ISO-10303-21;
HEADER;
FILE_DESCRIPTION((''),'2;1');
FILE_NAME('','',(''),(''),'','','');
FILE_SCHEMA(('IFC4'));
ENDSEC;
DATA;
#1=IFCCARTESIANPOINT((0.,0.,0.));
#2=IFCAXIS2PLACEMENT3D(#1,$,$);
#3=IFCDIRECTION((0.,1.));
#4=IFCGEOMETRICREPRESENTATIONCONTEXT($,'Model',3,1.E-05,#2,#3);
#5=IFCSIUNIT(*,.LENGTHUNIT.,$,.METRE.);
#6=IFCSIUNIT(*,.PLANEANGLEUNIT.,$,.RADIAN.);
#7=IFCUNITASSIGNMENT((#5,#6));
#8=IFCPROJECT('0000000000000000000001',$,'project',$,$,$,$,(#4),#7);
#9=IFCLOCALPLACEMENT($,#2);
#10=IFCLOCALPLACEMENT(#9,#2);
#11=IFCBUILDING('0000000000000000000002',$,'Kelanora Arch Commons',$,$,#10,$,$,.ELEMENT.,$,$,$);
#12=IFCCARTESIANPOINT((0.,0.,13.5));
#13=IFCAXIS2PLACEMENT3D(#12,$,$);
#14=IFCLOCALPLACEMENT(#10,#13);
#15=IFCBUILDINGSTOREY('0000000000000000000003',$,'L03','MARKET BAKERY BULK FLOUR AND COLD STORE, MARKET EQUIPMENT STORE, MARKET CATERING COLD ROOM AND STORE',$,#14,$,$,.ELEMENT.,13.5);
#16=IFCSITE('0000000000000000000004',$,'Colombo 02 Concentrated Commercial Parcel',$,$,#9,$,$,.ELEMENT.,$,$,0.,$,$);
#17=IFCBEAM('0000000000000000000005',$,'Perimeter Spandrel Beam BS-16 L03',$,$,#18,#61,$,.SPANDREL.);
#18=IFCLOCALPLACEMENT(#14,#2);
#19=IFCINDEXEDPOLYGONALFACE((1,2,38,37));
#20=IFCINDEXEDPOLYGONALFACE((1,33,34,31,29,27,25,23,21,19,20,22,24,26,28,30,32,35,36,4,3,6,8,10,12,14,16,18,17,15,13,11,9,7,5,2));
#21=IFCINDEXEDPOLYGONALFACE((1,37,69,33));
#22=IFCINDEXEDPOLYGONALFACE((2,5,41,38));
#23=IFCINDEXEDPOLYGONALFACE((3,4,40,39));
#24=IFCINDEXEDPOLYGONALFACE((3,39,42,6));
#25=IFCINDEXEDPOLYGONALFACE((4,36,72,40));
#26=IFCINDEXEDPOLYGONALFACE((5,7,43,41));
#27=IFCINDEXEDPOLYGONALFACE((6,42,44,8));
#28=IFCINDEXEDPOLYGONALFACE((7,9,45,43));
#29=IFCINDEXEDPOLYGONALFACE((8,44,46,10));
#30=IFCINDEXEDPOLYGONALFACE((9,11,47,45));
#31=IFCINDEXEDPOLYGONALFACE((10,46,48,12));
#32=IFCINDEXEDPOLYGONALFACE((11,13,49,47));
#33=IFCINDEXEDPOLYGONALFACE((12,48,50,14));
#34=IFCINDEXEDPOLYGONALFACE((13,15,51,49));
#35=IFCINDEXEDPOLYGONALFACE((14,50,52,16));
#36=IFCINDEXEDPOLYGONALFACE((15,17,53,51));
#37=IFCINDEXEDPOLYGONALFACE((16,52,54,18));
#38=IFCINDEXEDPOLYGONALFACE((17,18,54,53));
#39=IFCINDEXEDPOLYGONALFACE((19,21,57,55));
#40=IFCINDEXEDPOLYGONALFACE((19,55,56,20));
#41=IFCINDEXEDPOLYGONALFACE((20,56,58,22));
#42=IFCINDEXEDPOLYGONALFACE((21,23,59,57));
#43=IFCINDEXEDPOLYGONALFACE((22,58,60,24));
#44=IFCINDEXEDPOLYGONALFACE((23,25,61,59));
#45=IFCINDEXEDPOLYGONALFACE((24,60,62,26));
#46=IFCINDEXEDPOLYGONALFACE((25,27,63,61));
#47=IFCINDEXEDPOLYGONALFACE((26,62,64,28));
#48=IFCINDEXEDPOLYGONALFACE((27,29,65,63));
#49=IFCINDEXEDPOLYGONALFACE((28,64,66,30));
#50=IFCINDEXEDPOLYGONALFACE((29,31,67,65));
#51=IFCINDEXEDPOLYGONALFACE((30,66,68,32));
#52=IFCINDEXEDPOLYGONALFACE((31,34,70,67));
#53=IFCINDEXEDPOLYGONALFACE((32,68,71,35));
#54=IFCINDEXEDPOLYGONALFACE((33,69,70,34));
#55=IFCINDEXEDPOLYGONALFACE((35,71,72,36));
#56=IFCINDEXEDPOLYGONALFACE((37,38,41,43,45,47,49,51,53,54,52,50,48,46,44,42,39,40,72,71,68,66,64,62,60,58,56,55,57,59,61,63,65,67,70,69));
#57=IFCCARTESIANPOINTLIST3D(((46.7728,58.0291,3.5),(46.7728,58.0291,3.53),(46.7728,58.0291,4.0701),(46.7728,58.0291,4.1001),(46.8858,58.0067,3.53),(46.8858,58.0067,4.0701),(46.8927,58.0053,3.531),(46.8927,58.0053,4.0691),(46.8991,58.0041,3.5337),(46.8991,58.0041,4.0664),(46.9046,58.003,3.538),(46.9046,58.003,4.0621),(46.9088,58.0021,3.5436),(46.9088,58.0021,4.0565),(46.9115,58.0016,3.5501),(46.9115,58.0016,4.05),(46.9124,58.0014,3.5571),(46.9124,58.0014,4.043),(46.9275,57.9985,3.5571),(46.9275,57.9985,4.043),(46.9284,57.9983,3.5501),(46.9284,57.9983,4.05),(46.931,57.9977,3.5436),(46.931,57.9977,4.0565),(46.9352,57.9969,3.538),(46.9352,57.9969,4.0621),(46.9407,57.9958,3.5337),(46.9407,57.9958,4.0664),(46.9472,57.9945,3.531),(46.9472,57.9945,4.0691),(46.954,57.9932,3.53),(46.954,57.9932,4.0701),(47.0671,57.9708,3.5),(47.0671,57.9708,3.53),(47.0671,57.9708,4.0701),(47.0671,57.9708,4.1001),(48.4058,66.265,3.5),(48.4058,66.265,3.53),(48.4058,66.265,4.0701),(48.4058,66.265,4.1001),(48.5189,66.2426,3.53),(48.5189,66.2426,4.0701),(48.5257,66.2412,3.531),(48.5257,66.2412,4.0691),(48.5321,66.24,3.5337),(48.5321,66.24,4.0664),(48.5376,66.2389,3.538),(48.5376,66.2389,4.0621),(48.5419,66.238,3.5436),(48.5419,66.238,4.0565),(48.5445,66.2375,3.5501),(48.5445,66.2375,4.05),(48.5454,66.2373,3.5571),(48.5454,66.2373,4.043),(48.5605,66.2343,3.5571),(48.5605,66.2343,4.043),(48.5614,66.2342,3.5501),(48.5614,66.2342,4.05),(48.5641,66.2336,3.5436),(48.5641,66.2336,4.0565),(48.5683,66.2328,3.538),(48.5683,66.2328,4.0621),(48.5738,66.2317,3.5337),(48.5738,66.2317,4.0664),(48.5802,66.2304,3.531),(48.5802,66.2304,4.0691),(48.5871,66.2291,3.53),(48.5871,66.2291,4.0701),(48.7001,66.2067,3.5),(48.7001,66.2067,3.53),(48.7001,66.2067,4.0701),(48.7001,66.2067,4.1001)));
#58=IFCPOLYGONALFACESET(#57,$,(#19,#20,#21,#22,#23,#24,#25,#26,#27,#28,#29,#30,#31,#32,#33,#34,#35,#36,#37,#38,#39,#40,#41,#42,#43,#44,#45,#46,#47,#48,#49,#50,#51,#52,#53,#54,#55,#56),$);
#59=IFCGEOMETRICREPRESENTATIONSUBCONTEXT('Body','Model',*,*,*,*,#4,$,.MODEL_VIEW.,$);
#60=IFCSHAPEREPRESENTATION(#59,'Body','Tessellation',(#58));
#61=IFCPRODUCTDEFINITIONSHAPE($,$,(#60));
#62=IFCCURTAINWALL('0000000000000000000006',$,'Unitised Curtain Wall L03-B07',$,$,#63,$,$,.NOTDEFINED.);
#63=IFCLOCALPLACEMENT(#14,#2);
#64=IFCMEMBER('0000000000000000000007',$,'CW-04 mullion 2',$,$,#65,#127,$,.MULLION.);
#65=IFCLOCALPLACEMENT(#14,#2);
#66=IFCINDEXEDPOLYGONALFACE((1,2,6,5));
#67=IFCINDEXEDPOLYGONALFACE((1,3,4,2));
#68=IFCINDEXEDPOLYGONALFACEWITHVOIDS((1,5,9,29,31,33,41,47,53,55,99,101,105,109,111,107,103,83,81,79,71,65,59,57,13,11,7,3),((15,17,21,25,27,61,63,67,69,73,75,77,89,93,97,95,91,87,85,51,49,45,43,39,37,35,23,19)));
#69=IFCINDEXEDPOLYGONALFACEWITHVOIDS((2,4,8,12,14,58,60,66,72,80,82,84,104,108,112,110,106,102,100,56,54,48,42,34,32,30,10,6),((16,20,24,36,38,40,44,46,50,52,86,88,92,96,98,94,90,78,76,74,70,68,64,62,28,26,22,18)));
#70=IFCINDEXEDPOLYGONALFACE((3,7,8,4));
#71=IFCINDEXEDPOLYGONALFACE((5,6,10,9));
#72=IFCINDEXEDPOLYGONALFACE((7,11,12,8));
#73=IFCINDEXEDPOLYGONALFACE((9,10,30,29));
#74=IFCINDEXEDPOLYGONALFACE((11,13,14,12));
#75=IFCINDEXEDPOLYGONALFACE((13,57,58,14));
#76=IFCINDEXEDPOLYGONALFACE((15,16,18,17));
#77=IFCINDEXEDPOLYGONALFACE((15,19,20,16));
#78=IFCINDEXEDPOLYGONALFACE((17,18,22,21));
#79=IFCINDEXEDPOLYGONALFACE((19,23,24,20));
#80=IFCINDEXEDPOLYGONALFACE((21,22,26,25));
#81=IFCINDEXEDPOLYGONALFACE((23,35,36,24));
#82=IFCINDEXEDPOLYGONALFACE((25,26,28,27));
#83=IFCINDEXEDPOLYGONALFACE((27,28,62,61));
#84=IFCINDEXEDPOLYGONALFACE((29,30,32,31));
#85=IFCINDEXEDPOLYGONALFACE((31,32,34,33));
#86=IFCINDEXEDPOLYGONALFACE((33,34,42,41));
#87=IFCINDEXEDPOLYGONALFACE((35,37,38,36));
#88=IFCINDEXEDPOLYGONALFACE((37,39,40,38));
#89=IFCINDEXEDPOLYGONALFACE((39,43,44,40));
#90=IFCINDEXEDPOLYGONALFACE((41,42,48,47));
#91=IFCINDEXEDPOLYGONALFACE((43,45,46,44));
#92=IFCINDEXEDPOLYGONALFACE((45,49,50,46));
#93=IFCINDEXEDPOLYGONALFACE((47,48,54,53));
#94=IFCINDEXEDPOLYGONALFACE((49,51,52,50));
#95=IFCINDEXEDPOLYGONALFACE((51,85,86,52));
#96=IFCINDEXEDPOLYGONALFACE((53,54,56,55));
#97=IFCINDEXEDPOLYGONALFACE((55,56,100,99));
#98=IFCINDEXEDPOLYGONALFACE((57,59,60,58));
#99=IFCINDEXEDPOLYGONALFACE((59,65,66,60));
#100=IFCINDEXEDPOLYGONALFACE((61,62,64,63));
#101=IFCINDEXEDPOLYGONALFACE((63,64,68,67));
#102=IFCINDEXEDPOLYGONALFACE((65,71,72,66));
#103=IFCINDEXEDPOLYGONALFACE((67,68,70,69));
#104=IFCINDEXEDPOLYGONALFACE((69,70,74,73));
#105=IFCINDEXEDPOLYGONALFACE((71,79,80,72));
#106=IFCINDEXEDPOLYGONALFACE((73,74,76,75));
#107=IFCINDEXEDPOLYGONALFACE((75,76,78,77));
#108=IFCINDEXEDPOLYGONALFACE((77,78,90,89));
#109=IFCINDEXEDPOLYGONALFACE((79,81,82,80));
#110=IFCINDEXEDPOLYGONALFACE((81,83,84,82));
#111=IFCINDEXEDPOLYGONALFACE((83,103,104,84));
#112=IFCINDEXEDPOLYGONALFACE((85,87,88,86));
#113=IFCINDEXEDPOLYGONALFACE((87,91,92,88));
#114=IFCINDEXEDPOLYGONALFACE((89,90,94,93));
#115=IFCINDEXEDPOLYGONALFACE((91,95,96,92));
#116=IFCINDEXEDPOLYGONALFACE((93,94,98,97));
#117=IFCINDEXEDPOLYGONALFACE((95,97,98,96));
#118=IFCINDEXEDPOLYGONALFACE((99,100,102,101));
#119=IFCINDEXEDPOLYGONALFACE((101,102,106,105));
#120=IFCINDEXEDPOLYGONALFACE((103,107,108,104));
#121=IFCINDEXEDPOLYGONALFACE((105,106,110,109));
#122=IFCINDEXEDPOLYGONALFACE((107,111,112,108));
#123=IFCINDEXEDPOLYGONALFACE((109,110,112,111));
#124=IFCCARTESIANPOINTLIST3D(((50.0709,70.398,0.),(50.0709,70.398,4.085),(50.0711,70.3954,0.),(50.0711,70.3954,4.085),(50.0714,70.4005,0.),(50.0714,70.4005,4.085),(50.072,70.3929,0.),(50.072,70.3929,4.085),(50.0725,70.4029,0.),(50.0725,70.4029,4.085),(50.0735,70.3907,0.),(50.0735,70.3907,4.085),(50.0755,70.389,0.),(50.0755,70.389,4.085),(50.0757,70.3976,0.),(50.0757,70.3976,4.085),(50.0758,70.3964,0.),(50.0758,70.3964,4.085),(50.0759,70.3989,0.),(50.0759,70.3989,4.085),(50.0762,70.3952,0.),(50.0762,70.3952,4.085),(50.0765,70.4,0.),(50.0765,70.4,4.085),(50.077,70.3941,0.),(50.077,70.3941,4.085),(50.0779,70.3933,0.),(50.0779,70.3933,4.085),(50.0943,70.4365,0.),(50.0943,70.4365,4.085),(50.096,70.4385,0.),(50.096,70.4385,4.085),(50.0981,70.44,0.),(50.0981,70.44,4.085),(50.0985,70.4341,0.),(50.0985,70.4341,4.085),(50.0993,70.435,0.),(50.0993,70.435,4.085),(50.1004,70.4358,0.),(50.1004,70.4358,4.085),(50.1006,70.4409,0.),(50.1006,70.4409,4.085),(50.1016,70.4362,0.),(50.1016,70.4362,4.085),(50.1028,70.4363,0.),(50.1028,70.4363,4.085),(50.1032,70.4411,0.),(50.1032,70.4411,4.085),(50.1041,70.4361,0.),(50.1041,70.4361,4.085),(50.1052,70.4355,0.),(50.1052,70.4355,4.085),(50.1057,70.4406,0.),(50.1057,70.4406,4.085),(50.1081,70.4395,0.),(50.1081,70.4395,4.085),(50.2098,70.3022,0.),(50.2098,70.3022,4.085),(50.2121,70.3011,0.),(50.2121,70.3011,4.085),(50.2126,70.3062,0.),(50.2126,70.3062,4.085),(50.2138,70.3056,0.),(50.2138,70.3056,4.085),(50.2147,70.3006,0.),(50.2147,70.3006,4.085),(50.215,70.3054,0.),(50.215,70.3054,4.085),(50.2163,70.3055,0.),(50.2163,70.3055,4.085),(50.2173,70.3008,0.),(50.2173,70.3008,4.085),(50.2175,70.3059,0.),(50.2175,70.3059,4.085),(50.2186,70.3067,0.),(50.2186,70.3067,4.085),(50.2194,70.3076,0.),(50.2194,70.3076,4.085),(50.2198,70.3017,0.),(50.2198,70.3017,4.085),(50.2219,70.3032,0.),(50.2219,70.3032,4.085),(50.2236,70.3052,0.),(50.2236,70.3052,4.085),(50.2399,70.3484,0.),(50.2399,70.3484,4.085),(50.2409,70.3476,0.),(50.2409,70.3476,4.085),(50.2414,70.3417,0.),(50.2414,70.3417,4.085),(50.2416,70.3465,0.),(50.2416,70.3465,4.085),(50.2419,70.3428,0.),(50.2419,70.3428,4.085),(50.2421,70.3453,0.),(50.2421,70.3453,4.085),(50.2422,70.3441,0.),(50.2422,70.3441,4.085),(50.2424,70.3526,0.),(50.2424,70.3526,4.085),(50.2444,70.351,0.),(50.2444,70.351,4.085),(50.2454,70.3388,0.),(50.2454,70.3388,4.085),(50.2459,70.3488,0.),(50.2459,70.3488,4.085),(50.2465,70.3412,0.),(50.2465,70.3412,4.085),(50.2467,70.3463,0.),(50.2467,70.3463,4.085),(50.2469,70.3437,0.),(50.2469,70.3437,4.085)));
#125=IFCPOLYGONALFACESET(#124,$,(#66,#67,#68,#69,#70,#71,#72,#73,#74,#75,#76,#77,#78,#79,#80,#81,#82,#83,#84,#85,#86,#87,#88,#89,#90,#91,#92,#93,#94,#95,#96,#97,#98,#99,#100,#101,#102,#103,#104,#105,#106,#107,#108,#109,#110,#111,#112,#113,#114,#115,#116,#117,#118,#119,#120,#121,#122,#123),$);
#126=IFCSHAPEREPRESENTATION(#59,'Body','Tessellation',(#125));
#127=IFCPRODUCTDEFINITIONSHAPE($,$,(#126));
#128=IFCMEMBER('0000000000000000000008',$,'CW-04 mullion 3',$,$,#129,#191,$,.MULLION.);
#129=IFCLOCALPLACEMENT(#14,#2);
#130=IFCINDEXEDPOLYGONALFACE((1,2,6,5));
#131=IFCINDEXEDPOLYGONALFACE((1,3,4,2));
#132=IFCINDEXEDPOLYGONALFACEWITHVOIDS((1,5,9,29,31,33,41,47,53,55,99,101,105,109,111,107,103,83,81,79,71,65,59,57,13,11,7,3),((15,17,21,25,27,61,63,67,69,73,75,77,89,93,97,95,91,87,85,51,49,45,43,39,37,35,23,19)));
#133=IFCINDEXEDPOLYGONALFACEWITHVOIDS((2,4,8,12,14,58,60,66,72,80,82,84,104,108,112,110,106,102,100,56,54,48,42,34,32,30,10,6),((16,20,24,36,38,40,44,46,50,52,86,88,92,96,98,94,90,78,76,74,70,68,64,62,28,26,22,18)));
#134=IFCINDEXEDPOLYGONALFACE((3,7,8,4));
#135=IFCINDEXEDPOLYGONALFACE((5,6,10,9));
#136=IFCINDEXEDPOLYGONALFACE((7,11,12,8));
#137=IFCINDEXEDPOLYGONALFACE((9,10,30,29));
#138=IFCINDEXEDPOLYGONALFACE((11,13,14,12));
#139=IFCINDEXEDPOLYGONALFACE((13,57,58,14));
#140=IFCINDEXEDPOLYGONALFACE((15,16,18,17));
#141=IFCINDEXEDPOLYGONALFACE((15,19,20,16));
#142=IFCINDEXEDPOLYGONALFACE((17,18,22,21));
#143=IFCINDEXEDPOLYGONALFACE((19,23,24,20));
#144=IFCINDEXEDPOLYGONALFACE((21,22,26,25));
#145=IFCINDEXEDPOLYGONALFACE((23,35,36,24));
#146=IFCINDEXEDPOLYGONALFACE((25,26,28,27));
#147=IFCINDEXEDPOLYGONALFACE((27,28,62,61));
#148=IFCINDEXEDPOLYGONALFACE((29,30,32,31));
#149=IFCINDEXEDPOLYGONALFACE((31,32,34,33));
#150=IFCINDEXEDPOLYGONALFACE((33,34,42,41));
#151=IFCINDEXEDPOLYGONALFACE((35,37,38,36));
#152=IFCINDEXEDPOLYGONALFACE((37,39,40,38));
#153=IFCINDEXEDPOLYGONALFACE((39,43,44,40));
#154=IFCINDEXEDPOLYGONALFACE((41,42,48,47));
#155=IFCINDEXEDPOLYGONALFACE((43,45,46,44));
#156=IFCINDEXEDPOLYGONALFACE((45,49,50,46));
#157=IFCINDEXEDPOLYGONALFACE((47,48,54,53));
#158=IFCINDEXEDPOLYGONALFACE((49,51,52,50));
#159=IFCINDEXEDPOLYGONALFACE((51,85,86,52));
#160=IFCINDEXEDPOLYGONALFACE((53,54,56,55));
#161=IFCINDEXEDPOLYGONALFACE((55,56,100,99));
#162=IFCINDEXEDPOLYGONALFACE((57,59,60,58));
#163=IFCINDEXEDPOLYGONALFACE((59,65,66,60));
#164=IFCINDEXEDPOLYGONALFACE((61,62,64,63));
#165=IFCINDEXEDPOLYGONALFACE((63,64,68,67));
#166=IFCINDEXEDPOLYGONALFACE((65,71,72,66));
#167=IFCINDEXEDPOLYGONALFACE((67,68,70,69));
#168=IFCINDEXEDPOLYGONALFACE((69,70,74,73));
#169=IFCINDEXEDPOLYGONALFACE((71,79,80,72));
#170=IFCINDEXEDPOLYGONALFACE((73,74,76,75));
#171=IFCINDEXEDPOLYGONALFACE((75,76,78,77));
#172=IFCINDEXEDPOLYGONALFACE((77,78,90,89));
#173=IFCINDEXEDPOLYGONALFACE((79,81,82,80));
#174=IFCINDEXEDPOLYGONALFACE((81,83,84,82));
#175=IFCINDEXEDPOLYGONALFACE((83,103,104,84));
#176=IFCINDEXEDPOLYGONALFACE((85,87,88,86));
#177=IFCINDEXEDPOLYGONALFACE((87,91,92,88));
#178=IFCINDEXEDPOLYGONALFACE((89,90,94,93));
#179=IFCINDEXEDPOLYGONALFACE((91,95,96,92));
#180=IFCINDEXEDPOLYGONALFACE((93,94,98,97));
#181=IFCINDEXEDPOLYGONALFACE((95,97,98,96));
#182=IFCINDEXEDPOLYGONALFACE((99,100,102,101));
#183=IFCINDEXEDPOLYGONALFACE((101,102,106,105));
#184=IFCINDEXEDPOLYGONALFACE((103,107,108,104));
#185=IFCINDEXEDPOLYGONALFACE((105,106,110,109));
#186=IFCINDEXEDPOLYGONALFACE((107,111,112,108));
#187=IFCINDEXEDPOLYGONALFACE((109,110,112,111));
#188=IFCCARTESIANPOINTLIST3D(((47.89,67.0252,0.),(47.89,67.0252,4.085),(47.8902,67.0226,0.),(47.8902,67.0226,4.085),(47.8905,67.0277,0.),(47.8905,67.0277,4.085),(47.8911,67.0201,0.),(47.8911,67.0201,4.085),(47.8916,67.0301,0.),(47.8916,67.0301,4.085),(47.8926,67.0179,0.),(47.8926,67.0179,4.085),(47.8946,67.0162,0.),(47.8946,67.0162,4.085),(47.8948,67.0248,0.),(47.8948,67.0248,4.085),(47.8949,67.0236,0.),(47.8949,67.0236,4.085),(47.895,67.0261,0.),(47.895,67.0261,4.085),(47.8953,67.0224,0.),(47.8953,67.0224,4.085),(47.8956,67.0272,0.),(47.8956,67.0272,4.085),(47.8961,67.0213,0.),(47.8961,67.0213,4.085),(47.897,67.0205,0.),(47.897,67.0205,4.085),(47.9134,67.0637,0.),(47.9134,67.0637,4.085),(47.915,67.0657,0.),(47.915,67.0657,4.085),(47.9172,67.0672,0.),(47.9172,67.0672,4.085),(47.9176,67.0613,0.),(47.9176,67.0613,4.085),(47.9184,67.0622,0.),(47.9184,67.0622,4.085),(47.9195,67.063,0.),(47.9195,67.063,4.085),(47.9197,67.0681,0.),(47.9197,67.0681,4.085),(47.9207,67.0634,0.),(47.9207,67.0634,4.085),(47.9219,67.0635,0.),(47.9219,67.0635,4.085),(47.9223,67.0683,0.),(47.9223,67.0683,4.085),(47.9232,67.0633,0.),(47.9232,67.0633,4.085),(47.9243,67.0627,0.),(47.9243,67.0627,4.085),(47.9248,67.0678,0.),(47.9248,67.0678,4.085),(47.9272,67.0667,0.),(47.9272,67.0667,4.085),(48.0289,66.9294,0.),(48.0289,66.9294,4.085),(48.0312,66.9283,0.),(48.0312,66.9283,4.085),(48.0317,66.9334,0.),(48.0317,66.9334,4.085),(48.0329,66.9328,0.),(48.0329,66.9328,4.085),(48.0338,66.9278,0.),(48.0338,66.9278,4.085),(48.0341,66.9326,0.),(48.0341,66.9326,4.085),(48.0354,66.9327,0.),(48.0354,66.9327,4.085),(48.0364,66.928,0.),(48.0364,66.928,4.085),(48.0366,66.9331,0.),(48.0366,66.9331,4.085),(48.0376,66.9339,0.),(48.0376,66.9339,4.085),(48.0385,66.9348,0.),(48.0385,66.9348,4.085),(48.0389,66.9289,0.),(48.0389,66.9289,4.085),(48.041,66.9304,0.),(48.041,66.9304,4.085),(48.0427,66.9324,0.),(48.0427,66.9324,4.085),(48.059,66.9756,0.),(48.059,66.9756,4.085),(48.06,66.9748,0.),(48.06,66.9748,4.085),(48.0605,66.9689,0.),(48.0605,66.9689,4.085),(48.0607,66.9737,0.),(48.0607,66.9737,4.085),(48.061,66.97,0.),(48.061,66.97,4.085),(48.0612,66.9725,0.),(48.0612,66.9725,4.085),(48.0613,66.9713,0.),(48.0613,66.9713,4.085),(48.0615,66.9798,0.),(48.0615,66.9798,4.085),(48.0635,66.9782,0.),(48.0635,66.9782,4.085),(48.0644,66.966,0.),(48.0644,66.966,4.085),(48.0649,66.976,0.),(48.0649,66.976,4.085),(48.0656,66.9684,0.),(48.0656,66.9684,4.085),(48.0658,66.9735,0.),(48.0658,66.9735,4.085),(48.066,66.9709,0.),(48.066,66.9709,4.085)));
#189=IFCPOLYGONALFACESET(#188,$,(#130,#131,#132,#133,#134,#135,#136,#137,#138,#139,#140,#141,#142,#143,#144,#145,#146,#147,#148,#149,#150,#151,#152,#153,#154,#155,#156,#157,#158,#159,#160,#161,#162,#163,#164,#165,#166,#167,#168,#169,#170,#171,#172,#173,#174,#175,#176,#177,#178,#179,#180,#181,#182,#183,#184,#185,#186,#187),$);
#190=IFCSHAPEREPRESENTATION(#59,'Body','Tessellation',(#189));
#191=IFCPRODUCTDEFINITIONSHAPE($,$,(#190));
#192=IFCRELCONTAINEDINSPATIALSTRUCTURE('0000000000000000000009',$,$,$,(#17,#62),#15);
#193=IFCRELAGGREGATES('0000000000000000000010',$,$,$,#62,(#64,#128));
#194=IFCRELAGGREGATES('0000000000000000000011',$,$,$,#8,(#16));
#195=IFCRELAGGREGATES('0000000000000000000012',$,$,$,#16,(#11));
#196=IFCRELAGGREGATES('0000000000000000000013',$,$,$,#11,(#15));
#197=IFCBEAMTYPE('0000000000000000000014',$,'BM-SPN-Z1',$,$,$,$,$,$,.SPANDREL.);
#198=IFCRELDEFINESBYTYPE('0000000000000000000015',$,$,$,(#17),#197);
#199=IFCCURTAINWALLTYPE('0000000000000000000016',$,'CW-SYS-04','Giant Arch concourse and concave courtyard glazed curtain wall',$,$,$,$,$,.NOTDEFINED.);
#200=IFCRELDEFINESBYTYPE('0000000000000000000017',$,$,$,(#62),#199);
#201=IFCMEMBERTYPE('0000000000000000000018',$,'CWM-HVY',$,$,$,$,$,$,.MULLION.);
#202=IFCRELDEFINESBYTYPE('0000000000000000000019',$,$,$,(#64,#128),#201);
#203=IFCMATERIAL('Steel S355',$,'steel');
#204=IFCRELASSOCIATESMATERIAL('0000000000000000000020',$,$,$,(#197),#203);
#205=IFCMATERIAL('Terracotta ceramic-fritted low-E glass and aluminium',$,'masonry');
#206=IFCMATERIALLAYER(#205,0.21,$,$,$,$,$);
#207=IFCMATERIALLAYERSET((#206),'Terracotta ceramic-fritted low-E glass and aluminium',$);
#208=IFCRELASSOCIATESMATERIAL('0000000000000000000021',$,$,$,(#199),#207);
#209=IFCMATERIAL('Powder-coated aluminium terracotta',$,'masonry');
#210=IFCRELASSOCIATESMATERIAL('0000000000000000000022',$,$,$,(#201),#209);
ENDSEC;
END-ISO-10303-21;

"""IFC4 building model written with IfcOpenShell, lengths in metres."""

from ifc_helpers import new_model, si_unit, direction, frame, origin, origin_2d, place, context, subcontext, project, spatial, hollow_rectangle, i_section, extrude, material, layer, layer_set, material_profile, profile_set, type_object, element, aggregate, save


model = new_model("IFC4")

# Units and contexts
model_context = context("Model", 3, precision=1e-05, world=origin(), true_north=direction((0.0, 1.0)))
body_context = subcontext(model_context, "Body", "Model", "MODEL_VIEW")
ifc_project = project(units=[si_unit("LENGTHUNIT", "METRE"), si_unit("PLANEANGLEUNIT", "RADIAN")], contexts=[model_context])

# Site, building, storey
site_placement = place(None, origin())
site = spatial("IfcSite", under=ifc_project, at=site_placement, Name="Colombo 02 Concentrated Commercial Parcel", CompositionType="ELEMENT", RefElevation=0.0)
building_placement = place(site_placement, origin())
building = spatial("IfcBuilding", under=site, at=building_placement, Name="Kelanora Arch Commons", CompositionType="ELEMENT")
storey_placement = place(building_placement, frame((0.0, 0.0, 13.5)))
storey = spatial("IfcBuildingStorey", under=building, at=storey_placement, Name="L03", Description="MARKET BAKERY BULK FLOUR AND COLD STORE, MARKET EQUIPMENT STORE, MARKET CATERING COLD ROOM AND STORE", CompositionType="ELEMENT", Elevation=13.5)

# Beam
ifc_material_1 = material(Name="Steel S355", Category="steel")
ifc_material_profile_1 = material_profile(ifc_material_1, i_section(OverallWidth=0.3, OverallDepth=0.6001, WebThickness=0.0154, FlangeThickness=0.03, FilletRadius=0.0271, at=origin_2d()), Name="HEB600")
ifc_profile_set_1 = profile_set([ifc_material_profile_1], Name="Steel S355")
beam_type_1 = type_object("IfcBeamType", Name="BM-SPN-Z1", PredefinedType="SPANDREL", material=ifc_profile_set_1)
beam_1_placement = place(storey_placement, frame((48.553, 66.2358, 3.8), z_axis=(-0.1945, -0.980903, 0.0), x_axis=(0.980903, -0.1945, 0.0)))
element("IfcBeam", 1, at=beam_1_placement, inside=storey, type_object=beam_type_1, Name="Perimeter Spandrel Beam BS-16 L03", PredefinedType="SPANDREL", context=body_context, shape_type="SweptSolid", body=[
    extrude(i_section(OverallWidth=0.3, OverallDepth=0.6001, WebThickness=0.0154, FlangeThickness=0.03, FilletRadius=0.0271, at=origin_2d()), origin(), (0.0, 0.0, 1.0), 8.3962),
])

# Curtain wall, members
ifc_material_2 = material(Name="Terracotta ceramic-fritted low-E glass and aluminium", Category="masonry")
ifc_layer_1 = layer(ifc_material_2, 0.21)
ifc_layer_set_1 = layer_set([ifc_layer_1], Name="Terracotta ceramic-fritted low-E glass and aluminium")
curtain_wall_type = type_object("IfcCurtainWallType", Name="CW-SYS-04", Description="Giant Arch concourse and concave courtyard glazed curtain wall", PredefinedType="NOTDEFINED", material=ifc_layer_set_1)
curtain_wall_placement = place(storey_placement, origin())
curtain_wall = element("IfcCurtainWall", 2, at=curtain_wall_placement, inside=storey, type_object=curtain_wall_type, Name="Unitised Curtain Wall L03-B07", PredefinedType="NOTDEFINED")
ifc_material_3 = material(Name="Powder-coated aluminium terracotta", Category="masonry")
ifc_material_profile_2 = material_profile(ifc_material_3, hollow_rectangle(XDim=0.1799, YDim=0.0601, WallThickness=0.0049, InnerFilletRadius=0.0049, OuterFilletRadius=0.01, at=origin_2d()), Name="CWM180x60")
ifc_profile_set_2 = profile_set([ifc_material_profile_2], Name="Powder-coated aluminium terracotta")
member_type_1 = type_object("IfcMemberType", Name="CWM-HVY", PredefinedType="MULLION", material=ifc_profile_set_2)
member_1_placement = place(storey_placement, frame((50.1589, 70.3708, 0.0), z_axis=(0.0, 0.0, 1.0), x_axis=(0.839729, -0.543006, 0.0)))
member_1 = element("IfcMember", 3, at=member_1_placement, type_object=member_type_1, Name="CW-04 mullion 2", PredefinedType="MULLION", context=body_context, shape_type="SweptSolid", body=[
    extrude(hollow_rectangle(XDim=0.1799, YDim=0.0601, WallThickness=0.0049, InnerFilletRadius=0.0049, OuterFilletRadius=0.01, at=origin_2d()), origin(), (0.0, 0.0, 1.0), 4.085),
])
member_2_placement = place(storey_placement, frame((47.978, 66.998, 0.0), z_axis=(0.0, 0.0, 1.0), x_axis=(0.839729, -0.543006, 0.0)))
member_2 = element("IfcMember", 4, at=member_2_placement, type_object=member_type_1, Name="CW-04 mullion 3", PredefinedType="MULLION", context=body_context, shape_type="SweptSolid", body=[
    extrude(hollow_rectangle(XDim=0.1799, YDim=0.0601, WallThickness=0.0049, InnerFilletRadius=0.0049, OuterFilletRadius=0.01, at=origin_2d()), origin(), (0.0, 0.0, 1.0), 4.085),
])
aggregate(curtain_wall, [member_1, member_2])

save(model, "model.ifc")
